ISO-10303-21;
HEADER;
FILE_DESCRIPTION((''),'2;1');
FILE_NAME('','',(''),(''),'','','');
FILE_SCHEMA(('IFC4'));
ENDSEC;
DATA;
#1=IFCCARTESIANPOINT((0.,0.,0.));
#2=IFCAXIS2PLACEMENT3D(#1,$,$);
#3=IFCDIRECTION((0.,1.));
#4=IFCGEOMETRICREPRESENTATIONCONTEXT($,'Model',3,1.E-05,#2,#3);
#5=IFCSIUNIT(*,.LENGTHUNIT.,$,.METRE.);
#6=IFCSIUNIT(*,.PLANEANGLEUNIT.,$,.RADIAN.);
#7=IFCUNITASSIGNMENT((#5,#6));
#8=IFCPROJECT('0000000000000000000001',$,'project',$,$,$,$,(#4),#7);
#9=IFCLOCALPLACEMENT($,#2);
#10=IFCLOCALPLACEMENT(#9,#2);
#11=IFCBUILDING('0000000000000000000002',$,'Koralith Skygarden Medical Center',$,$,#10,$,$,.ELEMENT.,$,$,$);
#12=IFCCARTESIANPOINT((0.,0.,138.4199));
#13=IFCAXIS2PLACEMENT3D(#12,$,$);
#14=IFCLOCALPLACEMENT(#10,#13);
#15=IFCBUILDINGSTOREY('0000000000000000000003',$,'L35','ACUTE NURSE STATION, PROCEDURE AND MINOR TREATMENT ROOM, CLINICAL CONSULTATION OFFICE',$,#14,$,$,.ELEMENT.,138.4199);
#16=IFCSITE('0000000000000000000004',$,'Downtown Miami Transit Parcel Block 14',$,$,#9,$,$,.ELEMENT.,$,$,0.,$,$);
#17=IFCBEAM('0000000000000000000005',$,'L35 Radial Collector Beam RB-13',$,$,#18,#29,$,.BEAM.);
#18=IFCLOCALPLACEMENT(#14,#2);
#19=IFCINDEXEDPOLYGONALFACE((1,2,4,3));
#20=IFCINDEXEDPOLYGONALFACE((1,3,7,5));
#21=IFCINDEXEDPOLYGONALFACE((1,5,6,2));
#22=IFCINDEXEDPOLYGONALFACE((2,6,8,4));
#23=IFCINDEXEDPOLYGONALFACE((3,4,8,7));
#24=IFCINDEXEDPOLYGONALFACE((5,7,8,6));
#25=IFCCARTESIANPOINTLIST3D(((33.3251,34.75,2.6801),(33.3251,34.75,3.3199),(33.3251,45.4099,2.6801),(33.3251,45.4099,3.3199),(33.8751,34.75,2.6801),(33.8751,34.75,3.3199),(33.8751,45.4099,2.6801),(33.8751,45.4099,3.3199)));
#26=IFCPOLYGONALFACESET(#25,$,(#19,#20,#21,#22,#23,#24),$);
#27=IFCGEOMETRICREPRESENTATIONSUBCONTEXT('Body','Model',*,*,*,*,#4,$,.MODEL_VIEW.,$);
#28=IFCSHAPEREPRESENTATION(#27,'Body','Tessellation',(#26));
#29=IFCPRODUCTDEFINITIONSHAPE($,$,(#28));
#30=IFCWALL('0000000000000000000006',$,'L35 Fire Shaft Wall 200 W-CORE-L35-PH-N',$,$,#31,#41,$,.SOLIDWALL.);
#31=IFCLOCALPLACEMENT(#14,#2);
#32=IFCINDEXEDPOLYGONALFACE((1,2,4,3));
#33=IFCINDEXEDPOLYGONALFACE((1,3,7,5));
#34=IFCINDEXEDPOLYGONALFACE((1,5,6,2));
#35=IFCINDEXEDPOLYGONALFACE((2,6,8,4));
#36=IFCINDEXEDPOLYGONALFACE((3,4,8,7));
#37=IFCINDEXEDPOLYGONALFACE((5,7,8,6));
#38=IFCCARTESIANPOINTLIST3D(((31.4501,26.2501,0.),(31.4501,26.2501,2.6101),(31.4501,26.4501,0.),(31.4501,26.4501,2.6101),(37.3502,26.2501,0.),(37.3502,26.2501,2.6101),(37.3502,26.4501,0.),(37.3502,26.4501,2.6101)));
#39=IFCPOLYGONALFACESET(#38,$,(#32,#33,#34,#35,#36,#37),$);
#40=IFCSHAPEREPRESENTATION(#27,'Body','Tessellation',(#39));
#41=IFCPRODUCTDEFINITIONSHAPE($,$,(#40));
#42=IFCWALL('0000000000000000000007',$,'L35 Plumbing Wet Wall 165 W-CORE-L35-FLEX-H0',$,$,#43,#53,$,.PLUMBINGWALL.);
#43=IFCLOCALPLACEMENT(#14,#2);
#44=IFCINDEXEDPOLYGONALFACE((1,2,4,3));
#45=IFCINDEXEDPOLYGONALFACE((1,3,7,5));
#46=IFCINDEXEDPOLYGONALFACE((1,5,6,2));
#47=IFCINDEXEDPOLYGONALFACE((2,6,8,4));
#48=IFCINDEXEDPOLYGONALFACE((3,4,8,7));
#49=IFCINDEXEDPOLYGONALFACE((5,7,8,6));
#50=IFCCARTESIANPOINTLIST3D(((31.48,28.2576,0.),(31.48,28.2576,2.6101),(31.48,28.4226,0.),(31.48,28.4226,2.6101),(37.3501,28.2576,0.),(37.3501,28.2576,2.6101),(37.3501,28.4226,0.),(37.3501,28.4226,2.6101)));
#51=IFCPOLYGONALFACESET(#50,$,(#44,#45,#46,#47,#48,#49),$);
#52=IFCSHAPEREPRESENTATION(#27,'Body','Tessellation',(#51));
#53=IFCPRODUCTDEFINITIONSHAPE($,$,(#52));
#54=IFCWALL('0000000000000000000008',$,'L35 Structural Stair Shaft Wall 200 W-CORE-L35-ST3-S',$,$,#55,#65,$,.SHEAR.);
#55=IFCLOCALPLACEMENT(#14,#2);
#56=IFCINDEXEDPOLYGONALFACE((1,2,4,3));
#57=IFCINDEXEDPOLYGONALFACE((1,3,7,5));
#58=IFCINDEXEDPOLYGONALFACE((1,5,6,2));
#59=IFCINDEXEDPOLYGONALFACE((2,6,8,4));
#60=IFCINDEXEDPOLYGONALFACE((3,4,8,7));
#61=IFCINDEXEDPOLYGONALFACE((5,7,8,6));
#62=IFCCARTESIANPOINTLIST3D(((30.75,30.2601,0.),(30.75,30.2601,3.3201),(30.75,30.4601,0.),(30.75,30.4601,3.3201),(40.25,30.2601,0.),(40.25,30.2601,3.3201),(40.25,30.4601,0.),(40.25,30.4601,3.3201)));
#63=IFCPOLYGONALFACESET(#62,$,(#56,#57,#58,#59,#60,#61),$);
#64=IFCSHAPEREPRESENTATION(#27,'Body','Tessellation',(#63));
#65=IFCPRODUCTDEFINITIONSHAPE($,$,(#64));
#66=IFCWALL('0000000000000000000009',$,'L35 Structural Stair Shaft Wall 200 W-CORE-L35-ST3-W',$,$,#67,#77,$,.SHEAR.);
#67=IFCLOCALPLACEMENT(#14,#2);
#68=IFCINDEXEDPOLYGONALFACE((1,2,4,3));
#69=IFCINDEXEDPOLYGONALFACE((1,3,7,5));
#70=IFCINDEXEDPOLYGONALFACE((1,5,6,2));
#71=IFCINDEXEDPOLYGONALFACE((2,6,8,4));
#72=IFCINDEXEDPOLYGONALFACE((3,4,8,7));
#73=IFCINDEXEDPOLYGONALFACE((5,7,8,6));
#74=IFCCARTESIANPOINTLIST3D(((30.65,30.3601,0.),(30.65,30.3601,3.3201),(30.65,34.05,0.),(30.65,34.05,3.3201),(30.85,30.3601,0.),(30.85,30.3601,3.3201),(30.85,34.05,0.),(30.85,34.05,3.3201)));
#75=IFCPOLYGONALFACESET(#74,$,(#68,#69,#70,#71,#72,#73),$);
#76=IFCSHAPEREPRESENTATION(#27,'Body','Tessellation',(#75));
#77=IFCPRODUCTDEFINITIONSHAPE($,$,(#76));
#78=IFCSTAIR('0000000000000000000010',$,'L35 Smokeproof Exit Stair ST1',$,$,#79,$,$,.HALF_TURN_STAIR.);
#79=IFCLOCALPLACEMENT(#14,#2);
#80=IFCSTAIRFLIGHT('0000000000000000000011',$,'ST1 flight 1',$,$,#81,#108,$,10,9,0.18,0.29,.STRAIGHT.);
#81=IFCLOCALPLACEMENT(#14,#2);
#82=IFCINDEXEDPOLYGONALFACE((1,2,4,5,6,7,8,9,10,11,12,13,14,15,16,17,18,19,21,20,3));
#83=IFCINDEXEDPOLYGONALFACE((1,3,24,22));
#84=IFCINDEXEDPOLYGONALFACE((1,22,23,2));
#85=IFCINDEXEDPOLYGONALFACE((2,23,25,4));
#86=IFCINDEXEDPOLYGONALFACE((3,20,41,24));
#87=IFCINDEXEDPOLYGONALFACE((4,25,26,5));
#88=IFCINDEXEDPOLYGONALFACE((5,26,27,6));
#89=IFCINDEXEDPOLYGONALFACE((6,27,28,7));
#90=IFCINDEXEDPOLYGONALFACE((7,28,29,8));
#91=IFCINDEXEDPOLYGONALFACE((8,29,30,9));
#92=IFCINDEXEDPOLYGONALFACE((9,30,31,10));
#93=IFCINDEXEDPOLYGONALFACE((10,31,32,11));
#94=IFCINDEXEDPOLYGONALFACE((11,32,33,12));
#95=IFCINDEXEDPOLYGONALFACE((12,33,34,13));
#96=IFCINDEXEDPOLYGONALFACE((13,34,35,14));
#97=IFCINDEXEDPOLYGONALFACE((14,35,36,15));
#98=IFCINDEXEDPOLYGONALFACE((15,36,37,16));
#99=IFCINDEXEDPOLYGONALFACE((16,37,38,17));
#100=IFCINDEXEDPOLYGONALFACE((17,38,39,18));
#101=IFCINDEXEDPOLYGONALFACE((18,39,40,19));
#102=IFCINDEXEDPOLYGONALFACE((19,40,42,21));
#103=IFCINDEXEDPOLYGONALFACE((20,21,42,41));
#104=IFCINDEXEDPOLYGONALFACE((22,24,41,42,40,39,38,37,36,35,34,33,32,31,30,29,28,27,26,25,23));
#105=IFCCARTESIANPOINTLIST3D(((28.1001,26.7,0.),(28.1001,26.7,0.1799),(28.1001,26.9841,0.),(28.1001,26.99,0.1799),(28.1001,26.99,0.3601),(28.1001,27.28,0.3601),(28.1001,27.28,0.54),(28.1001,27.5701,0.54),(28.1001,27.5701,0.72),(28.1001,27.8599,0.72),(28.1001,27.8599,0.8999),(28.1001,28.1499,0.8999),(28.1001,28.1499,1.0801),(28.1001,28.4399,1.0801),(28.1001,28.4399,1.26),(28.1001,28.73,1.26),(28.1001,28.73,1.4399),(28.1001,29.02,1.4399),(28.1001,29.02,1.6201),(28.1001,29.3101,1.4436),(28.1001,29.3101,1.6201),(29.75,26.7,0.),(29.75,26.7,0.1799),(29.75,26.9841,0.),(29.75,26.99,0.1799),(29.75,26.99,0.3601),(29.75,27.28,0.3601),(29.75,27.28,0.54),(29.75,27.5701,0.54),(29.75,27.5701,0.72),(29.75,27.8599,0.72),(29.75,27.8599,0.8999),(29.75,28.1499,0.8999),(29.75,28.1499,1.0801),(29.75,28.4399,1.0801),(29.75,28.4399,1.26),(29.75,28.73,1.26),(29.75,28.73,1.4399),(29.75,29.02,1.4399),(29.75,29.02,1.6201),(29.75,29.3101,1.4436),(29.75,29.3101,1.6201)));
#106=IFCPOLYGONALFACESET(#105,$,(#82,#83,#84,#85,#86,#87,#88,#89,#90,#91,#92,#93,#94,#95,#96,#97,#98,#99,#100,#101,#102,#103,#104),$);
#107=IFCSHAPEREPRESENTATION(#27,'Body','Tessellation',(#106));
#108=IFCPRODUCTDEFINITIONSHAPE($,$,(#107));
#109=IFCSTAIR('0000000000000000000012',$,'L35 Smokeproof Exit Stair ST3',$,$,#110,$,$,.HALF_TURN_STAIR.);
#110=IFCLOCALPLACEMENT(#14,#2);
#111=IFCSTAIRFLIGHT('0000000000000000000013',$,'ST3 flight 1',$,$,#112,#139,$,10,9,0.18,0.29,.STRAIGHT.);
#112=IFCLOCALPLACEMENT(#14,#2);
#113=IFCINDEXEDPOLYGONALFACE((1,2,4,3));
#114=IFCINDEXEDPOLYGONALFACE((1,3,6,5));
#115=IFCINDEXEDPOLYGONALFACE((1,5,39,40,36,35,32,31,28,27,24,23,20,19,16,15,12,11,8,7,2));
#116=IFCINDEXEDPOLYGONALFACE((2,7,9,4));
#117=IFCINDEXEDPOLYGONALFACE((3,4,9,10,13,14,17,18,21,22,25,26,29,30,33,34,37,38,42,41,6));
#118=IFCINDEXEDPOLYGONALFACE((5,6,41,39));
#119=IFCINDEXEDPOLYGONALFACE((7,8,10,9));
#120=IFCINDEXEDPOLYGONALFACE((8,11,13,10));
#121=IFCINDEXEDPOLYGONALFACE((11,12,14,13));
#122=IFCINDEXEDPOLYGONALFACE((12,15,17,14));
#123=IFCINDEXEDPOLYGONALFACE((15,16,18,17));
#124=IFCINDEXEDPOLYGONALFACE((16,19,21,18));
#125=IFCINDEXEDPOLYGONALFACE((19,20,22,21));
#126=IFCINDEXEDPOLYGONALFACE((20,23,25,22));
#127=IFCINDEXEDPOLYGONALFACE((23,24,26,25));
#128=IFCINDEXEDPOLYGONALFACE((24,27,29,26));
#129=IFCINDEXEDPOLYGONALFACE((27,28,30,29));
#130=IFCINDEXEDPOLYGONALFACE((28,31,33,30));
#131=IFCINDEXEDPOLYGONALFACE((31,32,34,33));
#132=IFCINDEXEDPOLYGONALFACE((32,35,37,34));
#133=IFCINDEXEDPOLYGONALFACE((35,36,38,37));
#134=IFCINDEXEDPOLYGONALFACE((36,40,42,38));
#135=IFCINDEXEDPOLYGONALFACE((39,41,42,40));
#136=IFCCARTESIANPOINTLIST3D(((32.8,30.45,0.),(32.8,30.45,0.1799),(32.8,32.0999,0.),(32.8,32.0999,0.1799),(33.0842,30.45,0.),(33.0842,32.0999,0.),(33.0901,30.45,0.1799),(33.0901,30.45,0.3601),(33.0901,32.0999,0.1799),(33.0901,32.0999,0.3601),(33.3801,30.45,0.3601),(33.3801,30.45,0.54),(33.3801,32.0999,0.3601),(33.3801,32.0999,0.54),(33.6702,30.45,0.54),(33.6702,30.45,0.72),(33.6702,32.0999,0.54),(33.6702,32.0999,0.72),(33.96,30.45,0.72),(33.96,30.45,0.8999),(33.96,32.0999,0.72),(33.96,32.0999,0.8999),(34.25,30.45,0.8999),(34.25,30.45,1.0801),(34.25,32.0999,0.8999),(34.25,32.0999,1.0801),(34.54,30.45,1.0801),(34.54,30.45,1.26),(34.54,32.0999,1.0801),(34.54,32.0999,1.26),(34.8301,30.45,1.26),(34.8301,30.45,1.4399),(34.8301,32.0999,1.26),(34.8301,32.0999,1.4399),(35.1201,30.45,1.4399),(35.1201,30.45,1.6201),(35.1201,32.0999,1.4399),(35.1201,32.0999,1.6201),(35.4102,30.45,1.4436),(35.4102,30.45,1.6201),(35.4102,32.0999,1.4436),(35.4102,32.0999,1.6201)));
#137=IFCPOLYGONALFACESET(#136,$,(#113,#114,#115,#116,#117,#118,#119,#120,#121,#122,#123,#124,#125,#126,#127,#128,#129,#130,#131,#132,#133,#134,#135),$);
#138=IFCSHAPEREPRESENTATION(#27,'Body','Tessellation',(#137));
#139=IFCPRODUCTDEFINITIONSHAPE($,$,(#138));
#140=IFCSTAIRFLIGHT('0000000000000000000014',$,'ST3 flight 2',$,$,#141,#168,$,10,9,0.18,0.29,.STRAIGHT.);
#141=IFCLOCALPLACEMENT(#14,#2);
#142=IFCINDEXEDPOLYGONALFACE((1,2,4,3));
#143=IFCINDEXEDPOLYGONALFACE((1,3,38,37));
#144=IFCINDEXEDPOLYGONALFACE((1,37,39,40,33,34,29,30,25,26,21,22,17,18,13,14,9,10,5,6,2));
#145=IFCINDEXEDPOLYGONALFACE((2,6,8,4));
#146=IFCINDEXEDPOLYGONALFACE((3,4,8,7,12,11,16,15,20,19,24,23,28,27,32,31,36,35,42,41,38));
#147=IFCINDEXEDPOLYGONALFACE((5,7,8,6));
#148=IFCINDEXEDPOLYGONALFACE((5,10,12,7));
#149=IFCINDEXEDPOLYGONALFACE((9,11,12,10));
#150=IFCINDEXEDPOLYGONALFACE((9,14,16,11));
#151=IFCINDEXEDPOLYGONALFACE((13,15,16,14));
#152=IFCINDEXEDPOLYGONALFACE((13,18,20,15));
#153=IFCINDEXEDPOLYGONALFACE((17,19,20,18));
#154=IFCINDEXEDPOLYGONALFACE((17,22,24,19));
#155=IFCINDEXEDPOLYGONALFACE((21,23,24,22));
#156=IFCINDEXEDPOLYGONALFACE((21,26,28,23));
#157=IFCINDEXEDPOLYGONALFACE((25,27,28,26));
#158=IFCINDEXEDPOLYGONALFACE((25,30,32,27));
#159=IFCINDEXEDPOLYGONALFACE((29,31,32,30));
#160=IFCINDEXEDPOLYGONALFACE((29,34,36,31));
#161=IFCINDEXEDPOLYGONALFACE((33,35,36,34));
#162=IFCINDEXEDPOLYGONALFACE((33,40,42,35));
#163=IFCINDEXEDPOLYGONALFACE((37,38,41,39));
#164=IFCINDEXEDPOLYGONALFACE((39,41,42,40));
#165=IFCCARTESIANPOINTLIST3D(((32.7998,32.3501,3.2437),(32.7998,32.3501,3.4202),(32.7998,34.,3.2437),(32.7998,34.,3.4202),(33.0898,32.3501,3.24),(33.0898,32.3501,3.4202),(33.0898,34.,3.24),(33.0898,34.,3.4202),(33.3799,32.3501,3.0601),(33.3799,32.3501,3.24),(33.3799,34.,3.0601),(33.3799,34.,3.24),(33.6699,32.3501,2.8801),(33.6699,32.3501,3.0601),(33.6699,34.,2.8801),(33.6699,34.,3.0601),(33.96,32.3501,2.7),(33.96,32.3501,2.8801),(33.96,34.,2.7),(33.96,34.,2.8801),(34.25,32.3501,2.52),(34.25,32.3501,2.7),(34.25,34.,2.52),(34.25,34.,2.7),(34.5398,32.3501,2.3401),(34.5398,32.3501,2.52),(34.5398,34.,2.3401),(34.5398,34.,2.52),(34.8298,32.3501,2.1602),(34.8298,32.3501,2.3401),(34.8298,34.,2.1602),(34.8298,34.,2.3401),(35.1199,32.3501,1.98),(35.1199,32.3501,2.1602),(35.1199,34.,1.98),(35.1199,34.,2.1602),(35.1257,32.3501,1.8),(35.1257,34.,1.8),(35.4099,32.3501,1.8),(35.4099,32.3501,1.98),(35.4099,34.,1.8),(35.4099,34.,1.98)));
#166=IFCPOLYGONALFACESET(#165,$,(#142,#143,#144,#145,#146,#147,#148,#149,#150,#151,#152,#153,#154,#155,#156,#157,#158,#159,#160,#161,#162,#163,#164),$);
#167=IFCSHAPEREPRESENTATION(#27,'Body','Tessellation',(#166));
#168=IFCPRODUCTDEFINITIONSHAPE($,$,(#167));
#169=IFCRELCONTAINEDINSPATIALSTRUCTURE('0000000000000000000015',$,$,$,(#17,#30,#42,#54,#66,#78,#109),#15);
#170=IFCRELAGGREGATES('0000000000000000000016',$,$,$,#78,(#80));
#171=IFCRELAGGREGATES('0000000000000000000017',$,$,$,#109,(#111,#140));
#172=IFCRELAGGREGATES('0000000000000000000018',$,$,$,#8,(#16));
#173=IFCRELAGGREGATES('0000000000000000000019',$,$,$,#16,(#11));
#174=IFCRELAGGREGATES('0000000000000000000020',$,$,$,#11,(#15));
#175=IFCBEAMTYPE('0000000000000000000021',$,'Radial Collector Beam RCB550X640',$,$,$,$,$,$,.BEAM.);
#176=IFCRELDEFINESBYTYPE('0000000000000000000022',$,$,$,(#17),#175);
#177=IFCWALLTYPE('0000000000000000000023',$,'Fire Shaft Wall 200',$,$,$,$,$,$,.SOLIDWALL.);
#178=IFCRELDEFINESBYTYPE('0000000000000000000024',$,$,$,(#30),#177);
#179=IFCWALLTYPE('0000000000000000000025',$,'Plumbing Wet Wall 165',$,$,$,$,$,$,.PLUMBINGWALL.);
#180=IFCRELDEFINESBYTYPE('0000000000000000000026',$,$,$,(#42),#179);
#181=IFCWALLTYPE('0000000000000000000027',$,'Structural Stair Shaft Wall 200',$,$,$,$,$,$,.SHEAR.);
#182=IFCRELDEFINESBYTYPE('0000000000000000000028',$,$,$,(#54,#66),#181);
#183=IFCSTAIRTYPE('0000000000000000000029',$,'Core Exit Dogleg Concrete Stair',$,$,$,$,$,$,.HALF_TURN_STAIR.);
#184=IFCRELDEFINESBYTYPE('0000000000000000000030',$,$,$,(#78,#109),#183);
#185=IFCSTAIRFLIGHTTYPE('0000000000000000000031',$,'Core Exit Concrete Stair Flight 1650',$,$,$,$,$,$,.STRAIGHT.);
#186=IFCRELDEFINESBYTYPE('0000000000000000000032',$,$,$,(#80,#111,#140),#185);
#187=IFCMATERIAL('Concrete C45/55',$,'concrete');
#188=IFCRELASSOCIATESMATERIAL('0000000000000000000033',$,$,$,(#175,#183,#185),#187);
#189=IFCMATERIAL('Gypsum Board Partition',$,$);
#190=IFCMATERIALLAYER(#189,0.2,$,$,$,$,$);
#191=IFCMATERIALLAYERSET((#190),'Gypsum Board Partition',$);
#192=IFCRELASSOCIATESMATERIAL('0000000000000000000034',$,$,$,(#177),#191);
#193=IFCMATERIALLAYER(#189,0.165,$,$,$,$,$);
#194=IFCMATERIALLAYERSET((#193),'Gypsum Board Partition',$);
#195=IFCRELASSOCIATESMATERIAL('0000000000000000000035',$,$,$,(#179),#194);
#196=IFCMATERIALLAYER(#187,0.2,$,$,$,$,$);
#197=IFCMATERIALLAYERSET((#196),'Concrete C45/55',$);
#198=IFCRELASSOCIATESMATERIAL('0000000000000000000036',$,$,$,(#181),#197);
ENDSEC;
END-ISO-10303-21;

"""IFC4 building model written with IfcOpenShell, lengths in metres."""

from ifc_helpers import new_model, si_unit, direction, frame, frame_2d, origin, origin_2d, place, context, subcontext, project, spatial, polyline, rectangle, outline, extrude, material, layer, layer_set, material_profile, profile_set, type_object, element, aggregate, save


model = new_model("IFC4")

# Units and contexts
model_context = context("Model", 3, precision=1e-05, world=origin(), true_north=direction((0.0, 1.0)))
body_context = subcontext(model_context, "Body", "Model", "MODEL_VIEW")
ifc_project = project(units=[si_unit("LENGTHUNIT", "METRE"), si_unit("PLANEANGLEUNIT", "RADIAN")], contexts=[model_context])

# Site, building, storey
site_placement = place(None, origin())
site = spatial("IfcSite", under=ifc_project, at=site_placement, Name="Downtown Miami Transit Parcel Block 14", CompositionType="ELEMENT", RefElevation=0.0)
building_placement = place(site_placement, origin())
building = spatial("IfcBuilding", under=site, at=building_placement, Name="Koralith Skygarden Medical Center", CompositionType="ELEMENT")
storey_placement = place(building_placement, frame((0.0, 0.0, 138.4199)))
storey = spatial("IfcBuildingStorey", under=building, at=storey_placement, Name="L35", Description="ACUTE NURSE STATION, PROCEDURE AND MINOR TREATMENT ROOM, CLINICAL CONSULTATION OFFICE", CompositionType="ELEMENT", Elevation=138.4199)

# Beam
ifc_material_1 = material(Name="Concrete C45/55", Category="concrete")
ifc_material_profile = material_profile(ifc_material_1, rectangle(XDim=0.55, YDim=0.6399, at=origin_2d()), Name="RCB550X640")
ifc_profile_set = profile_set([ifc_material_profile], Name="Concrete C45/55")
beam_type = type_object("IfcBeamType", Name="Radial Collector Beam RCB550X640", PredefinedType="BEAM", material=ifc_profile_set)
beam_placement = place(storey_placement, frame((33.6001, 34.75, 3.0), z_axis=(0.0, 1.0, 0.0), x_axis=(-1.0, 0.0, 0.0)))
element("IfcBeam", 1, at=beam_placement, inside=storey, type_object=beam_type, Name="L35 Radial Collector Beam RB-13", PredefinedType="BEAM", context=body_context, shape_type="SweptSolid", body=[
    extrude(rectangle(XDim=0.55, YDim=0.6399, at=origin_2d()), origin(), (0.0, 0.0, 1.0), 10.6599),
])

# Wall
ifc_material_2 = material(Name="Gypsum Board Partition")
ifc_layer_1 = layer(ifc_material_2, 0.2)
ifc_layer_set_1 = layer_set([ifc_layer_1], Name="Gypsum Board Partition")
wall_type_1 = type_object("IfcWallType", Name="Fire Shaft Wall 200", PredefinedType="SOLIDWALL", material=ifc_layer_set_1)
wall_1_placement = place(storey_placement, frame((31.45, 26.3501, 0.0), z_axis=(0.0, 0.0, 1.0), x_axis=(1.0, 0.0, 0.0)))
element("IfcWall", 2, at=wall_1_placement, inside=storey, type_object=wall_type_1, Name="L35 Fire Shaft Wall 200 W-CORE-L35-PH-N", PredefinedType="SOLIDWALL", context=body_context, shape_type="SweptSolid", body=[
    extrude(rectangle(XDim=5.9001, YDim=0.2, at=frame_2d((2.9502, 0.0))), origin(), (0.0, 0.0, 1.0), 2.6101),
])

# Shared definitions
ifc_layer_2 = layer(ifc_material_2, 0.165)
ifc_layer_set_2 = layer_set([ifc_layer_2], Name="Gypsum Board Partition")
wall_type_2 = type_object("IfcWallType", Name="Plumbing Wet Wall 165", PredefinedType="PLUMBINGWALL", material=ifc_layer_set_2)

# Walls
wall_2_placement = place(storey_placement, frame((31.48, 28.3401, 0.0), z_axis=(0.0, 0.0, 1.0), x_axis=(1.0, 0.0, 0.0)))
element("IfcWall", 3, at=wall_2_placement, inside=storey, type_object=wall_type_2, Name="L35 Plumbing Wet Wall 165 W-CORE-L35-FLEX-H0", PredefinedType="PLUMBINGWALL", context=body_context, shape_type="SweptSolid", body=[
    extrude(rectangle(XDim=5.8701, YDim=0.165, at=frame_2d((2.9351, 0.0))), origin(), (0.0, 0.0, 1.0), 2.6101),
])
ifc_layer_3 = layer(ifc_material_1, 0.2)
ifc_layer_set_3 = layer_set([ifc_layer_3], Name="Concrete C45/55")
wall_type_3 = type_object("IfcWallType", Name="Structural Stair Shaft Wall 200", PredefinedType="SHEAR", material=ifc_layer_set_3)
wall_3_placement = place(storey_placement, frame((30.75, 30.3601, 0.0), z_axis=(0.0, 0.0, 1.0), x_axis=(1.0, 0.0, 0.0)))
element("IfcWall", 4, at=wall_3_placement, inside=storey, type_object=wall_type_3, Name="L35 Structural Stair Shaft Wall 200 W-CORE-L35-ST3-S", PredefinedType="SHEAR", context=body_context, shape_type="SweptSolid", body=[
    extrude(rectangle(XDim=9.5, YDim=0.2, at=frame_2d((4.75, 0.0))), origin(), (0.0, 0.0, 1.0), 3.3201),
])
wall_4_placement = place(storey_placement, frame((30.75, 30.3601, 0.0), z_axis=(0.0, 0.0, 1.0), x_axis=(0.0, 1.0, 0.0)))
element("IfcWall", 5, at=wall_4_placement, inside=storey, type_object=wall_type_3, Name="L35 Structural Stair Shaft Wall 200 W-CORE-L35-ST3-W", PredefinedType="SHEAR", context=body_context, shape_type="SweptSolid", body=[
    extrude(rectangle(XDim=3.6899, YDim=0.2, at=frame_2d((1.845, 0.0))), origin(), (0.0, 0.0, 1.0), 3.3201),
])

# Stair, stair flight
stair_type = type_object("IfcStairType", Name="Core Exit Dogleg Concrete Stair", PredefinedType="HALF_TURN_STAIR", material=ifc_material_1)
stair_1_placement = place(storey_placement, origin())
stair_1 = element("IfcStair", 6, at=stair_1_placement, inside=storey, type_object=stair_type, Name="L35 Smokeproof Exit Stair ST1", PredefinedType="HALF_TURN_STAIR")
stair_flight_type = type_object("IfcStairFlightType", Name="Core Exit Concrete Stair Flight 1650", PredefinedType="STRAIGHT", material=ifc_material_1)
stair_flight_1_placement = place(storey_placement, frame((28.925, 26.7, 0.0), z_axis=(0.0, 0.0, 1.0), x_axis=(0.0, 1.0, 0.0)))
stair_flight_1 = element("IfcStairFlight", 7, at=stair_flight_1_placement, type_object=stair_flight_type, Name="ST1 flight 1", NumberOfRisers=10, NumberOfTreads=9, PredefinedType="STRAIGHT", RiserHeight=0.18, TreadLength=0.29, context=body_context, shape_type="SweptSolid", body=[
    extrude(outline(polyline([(0.0, 0.0), (0.0, 0.1799), (0.29, 0.1799), (0.29, 0.3601), (0.5801, 0.3601), (0.5801, 0.54), (0.8701, 0.54), (0.8701, 0.72), (1.1599, 0.72), (1.1599, 0.8999), (1.45, 0.8999), (1.45, 1.0801), (1.74, 1.0801), (1.74, 1.26), (2.03, 1.26), (2.03, 1.4399), (2.3201, 1.4399), (2.3201, 1.6201), (2.6101, 1.6201), (2.6101, 1.8), (2.6101, 1.4436), (0.2842, 0.0), (0.0, 0.0)])), frame((0.0, 0.825, 0.0), z_axis=(0.0, -1.0, 0.0), x_axis=(1.0, 0.0, 0.0)), (0.0, 0.0, 1.0), 1.6499),
])
aggregate(stair_1, [stair_flight_1])

# Stair, stair flights
stair_2_placement = place(storey_placement, origin())
stair_2 = element("IfcStair", 8, at=stair_2_placement, inside=storey, type_object=stair_type, Name="L35 Smokeproof Exit Stair ST3", PredefinedType="HALF_TURN_STAIR")
stair_flight_2_placement = place(storey_placement, frame((32.8, 31.2749, 0.0), z_axis=(0.0, 0.0, 1.0), x_axis=(1.0, 0.0, 0.0)))
stair_flight_2 = element("IfcStairFlight", 9, at=stair_flight_2_placement, type_object=stair_flight_type, Name="ST3 flight 1", NumberOfRisers=10, NumberOfTreads=9, PredefinedType="STRAIGHT", RiserHeight=0.18, TreadLength=0.29, context=body_context, shape_type="SweptSolid", body=[
    extrude(outline(polyline([(0.0, 0.0), (0.0, 0.1799), (0.29, 0.1799), (0.29, 0.3601), (0.5801, 0.3601), (0.5801, 0.54), (0.8701, 0.54), (0.8701, 0.72), (1.1599, 0.72), (1.1599, 0.8999), (1.45, 0.8999), (1.45, 1.0801), (1.74, 1.0801), (1.74, 1.26), (2.03, 1.26), (2.03, 1.4399), (2.3201, 1.4399), (2.3201, 1.6201), (2.6101, 1.6201), (2.6101, 1.8), (2.6101, 1.4436), (0.2842, 0.0), (0.0, 0.0)])), frame((0.0, 0.825, 0.0), z_axis=(0.0, -1.0, 0.0), x_axis=(1.0, 0.0, 0.0)), (0.0, 0.0, 1.0), 1.6499),
])
stair_flight_3_placement = place(storey_placement, frame((35.4099, 33.175, 1.8), z_axis=(0.0, 0.0, 1.0), x_axis=(-1.0, 0.0, 0.0)))
stair_flight_3 = element("IfcStairFlight", 10, at=stair_flight_3_placement, type_object=stair_flight_type, Name="ST3 flight 2", NumberOfRisers=10, NumberOfTreads=9, PredefinedType="STRAIGHT", RiserHeight=0.18, TreadLength=0.29, context=body_context, shape_type="SweptSolid", body=[
    extrude(outline(polyline([(0.0, 0.0), (0.0, 0.1799), (0.29, 0.1799), (0.29, 0.3601), (0.5801, 0.3601), (0.5801, 0.54), (0.8701, 0.54), (0.8701, 0.72), (1.1599, 0.72), (1.1599, 0.8999), (1.45, 0.8999), (1.45, 1.0801), (1.74, 1.0801), (1.74, 1.26), (2.03, 1.26), (2.03, 1.4399), (2.3201, 1.4399), (2.3201, 1.6201), (2.6101, 1.6201), (2.6101, 1.8), (2.6101, 1.4436), (0.2842, 0.0), (0.0, 0.0)])), frame((0.0, 0.825, 0.0), z_axis=(0.0, -1.0, 0.0), x_axis=(1.0, 0.0, 0.0)), (0.0, 0.0, 1.0), 1.6499),
])
aggregate(stair_2, [stair_flight_2, stair_flight_3])

save(model, "model.ifc")
